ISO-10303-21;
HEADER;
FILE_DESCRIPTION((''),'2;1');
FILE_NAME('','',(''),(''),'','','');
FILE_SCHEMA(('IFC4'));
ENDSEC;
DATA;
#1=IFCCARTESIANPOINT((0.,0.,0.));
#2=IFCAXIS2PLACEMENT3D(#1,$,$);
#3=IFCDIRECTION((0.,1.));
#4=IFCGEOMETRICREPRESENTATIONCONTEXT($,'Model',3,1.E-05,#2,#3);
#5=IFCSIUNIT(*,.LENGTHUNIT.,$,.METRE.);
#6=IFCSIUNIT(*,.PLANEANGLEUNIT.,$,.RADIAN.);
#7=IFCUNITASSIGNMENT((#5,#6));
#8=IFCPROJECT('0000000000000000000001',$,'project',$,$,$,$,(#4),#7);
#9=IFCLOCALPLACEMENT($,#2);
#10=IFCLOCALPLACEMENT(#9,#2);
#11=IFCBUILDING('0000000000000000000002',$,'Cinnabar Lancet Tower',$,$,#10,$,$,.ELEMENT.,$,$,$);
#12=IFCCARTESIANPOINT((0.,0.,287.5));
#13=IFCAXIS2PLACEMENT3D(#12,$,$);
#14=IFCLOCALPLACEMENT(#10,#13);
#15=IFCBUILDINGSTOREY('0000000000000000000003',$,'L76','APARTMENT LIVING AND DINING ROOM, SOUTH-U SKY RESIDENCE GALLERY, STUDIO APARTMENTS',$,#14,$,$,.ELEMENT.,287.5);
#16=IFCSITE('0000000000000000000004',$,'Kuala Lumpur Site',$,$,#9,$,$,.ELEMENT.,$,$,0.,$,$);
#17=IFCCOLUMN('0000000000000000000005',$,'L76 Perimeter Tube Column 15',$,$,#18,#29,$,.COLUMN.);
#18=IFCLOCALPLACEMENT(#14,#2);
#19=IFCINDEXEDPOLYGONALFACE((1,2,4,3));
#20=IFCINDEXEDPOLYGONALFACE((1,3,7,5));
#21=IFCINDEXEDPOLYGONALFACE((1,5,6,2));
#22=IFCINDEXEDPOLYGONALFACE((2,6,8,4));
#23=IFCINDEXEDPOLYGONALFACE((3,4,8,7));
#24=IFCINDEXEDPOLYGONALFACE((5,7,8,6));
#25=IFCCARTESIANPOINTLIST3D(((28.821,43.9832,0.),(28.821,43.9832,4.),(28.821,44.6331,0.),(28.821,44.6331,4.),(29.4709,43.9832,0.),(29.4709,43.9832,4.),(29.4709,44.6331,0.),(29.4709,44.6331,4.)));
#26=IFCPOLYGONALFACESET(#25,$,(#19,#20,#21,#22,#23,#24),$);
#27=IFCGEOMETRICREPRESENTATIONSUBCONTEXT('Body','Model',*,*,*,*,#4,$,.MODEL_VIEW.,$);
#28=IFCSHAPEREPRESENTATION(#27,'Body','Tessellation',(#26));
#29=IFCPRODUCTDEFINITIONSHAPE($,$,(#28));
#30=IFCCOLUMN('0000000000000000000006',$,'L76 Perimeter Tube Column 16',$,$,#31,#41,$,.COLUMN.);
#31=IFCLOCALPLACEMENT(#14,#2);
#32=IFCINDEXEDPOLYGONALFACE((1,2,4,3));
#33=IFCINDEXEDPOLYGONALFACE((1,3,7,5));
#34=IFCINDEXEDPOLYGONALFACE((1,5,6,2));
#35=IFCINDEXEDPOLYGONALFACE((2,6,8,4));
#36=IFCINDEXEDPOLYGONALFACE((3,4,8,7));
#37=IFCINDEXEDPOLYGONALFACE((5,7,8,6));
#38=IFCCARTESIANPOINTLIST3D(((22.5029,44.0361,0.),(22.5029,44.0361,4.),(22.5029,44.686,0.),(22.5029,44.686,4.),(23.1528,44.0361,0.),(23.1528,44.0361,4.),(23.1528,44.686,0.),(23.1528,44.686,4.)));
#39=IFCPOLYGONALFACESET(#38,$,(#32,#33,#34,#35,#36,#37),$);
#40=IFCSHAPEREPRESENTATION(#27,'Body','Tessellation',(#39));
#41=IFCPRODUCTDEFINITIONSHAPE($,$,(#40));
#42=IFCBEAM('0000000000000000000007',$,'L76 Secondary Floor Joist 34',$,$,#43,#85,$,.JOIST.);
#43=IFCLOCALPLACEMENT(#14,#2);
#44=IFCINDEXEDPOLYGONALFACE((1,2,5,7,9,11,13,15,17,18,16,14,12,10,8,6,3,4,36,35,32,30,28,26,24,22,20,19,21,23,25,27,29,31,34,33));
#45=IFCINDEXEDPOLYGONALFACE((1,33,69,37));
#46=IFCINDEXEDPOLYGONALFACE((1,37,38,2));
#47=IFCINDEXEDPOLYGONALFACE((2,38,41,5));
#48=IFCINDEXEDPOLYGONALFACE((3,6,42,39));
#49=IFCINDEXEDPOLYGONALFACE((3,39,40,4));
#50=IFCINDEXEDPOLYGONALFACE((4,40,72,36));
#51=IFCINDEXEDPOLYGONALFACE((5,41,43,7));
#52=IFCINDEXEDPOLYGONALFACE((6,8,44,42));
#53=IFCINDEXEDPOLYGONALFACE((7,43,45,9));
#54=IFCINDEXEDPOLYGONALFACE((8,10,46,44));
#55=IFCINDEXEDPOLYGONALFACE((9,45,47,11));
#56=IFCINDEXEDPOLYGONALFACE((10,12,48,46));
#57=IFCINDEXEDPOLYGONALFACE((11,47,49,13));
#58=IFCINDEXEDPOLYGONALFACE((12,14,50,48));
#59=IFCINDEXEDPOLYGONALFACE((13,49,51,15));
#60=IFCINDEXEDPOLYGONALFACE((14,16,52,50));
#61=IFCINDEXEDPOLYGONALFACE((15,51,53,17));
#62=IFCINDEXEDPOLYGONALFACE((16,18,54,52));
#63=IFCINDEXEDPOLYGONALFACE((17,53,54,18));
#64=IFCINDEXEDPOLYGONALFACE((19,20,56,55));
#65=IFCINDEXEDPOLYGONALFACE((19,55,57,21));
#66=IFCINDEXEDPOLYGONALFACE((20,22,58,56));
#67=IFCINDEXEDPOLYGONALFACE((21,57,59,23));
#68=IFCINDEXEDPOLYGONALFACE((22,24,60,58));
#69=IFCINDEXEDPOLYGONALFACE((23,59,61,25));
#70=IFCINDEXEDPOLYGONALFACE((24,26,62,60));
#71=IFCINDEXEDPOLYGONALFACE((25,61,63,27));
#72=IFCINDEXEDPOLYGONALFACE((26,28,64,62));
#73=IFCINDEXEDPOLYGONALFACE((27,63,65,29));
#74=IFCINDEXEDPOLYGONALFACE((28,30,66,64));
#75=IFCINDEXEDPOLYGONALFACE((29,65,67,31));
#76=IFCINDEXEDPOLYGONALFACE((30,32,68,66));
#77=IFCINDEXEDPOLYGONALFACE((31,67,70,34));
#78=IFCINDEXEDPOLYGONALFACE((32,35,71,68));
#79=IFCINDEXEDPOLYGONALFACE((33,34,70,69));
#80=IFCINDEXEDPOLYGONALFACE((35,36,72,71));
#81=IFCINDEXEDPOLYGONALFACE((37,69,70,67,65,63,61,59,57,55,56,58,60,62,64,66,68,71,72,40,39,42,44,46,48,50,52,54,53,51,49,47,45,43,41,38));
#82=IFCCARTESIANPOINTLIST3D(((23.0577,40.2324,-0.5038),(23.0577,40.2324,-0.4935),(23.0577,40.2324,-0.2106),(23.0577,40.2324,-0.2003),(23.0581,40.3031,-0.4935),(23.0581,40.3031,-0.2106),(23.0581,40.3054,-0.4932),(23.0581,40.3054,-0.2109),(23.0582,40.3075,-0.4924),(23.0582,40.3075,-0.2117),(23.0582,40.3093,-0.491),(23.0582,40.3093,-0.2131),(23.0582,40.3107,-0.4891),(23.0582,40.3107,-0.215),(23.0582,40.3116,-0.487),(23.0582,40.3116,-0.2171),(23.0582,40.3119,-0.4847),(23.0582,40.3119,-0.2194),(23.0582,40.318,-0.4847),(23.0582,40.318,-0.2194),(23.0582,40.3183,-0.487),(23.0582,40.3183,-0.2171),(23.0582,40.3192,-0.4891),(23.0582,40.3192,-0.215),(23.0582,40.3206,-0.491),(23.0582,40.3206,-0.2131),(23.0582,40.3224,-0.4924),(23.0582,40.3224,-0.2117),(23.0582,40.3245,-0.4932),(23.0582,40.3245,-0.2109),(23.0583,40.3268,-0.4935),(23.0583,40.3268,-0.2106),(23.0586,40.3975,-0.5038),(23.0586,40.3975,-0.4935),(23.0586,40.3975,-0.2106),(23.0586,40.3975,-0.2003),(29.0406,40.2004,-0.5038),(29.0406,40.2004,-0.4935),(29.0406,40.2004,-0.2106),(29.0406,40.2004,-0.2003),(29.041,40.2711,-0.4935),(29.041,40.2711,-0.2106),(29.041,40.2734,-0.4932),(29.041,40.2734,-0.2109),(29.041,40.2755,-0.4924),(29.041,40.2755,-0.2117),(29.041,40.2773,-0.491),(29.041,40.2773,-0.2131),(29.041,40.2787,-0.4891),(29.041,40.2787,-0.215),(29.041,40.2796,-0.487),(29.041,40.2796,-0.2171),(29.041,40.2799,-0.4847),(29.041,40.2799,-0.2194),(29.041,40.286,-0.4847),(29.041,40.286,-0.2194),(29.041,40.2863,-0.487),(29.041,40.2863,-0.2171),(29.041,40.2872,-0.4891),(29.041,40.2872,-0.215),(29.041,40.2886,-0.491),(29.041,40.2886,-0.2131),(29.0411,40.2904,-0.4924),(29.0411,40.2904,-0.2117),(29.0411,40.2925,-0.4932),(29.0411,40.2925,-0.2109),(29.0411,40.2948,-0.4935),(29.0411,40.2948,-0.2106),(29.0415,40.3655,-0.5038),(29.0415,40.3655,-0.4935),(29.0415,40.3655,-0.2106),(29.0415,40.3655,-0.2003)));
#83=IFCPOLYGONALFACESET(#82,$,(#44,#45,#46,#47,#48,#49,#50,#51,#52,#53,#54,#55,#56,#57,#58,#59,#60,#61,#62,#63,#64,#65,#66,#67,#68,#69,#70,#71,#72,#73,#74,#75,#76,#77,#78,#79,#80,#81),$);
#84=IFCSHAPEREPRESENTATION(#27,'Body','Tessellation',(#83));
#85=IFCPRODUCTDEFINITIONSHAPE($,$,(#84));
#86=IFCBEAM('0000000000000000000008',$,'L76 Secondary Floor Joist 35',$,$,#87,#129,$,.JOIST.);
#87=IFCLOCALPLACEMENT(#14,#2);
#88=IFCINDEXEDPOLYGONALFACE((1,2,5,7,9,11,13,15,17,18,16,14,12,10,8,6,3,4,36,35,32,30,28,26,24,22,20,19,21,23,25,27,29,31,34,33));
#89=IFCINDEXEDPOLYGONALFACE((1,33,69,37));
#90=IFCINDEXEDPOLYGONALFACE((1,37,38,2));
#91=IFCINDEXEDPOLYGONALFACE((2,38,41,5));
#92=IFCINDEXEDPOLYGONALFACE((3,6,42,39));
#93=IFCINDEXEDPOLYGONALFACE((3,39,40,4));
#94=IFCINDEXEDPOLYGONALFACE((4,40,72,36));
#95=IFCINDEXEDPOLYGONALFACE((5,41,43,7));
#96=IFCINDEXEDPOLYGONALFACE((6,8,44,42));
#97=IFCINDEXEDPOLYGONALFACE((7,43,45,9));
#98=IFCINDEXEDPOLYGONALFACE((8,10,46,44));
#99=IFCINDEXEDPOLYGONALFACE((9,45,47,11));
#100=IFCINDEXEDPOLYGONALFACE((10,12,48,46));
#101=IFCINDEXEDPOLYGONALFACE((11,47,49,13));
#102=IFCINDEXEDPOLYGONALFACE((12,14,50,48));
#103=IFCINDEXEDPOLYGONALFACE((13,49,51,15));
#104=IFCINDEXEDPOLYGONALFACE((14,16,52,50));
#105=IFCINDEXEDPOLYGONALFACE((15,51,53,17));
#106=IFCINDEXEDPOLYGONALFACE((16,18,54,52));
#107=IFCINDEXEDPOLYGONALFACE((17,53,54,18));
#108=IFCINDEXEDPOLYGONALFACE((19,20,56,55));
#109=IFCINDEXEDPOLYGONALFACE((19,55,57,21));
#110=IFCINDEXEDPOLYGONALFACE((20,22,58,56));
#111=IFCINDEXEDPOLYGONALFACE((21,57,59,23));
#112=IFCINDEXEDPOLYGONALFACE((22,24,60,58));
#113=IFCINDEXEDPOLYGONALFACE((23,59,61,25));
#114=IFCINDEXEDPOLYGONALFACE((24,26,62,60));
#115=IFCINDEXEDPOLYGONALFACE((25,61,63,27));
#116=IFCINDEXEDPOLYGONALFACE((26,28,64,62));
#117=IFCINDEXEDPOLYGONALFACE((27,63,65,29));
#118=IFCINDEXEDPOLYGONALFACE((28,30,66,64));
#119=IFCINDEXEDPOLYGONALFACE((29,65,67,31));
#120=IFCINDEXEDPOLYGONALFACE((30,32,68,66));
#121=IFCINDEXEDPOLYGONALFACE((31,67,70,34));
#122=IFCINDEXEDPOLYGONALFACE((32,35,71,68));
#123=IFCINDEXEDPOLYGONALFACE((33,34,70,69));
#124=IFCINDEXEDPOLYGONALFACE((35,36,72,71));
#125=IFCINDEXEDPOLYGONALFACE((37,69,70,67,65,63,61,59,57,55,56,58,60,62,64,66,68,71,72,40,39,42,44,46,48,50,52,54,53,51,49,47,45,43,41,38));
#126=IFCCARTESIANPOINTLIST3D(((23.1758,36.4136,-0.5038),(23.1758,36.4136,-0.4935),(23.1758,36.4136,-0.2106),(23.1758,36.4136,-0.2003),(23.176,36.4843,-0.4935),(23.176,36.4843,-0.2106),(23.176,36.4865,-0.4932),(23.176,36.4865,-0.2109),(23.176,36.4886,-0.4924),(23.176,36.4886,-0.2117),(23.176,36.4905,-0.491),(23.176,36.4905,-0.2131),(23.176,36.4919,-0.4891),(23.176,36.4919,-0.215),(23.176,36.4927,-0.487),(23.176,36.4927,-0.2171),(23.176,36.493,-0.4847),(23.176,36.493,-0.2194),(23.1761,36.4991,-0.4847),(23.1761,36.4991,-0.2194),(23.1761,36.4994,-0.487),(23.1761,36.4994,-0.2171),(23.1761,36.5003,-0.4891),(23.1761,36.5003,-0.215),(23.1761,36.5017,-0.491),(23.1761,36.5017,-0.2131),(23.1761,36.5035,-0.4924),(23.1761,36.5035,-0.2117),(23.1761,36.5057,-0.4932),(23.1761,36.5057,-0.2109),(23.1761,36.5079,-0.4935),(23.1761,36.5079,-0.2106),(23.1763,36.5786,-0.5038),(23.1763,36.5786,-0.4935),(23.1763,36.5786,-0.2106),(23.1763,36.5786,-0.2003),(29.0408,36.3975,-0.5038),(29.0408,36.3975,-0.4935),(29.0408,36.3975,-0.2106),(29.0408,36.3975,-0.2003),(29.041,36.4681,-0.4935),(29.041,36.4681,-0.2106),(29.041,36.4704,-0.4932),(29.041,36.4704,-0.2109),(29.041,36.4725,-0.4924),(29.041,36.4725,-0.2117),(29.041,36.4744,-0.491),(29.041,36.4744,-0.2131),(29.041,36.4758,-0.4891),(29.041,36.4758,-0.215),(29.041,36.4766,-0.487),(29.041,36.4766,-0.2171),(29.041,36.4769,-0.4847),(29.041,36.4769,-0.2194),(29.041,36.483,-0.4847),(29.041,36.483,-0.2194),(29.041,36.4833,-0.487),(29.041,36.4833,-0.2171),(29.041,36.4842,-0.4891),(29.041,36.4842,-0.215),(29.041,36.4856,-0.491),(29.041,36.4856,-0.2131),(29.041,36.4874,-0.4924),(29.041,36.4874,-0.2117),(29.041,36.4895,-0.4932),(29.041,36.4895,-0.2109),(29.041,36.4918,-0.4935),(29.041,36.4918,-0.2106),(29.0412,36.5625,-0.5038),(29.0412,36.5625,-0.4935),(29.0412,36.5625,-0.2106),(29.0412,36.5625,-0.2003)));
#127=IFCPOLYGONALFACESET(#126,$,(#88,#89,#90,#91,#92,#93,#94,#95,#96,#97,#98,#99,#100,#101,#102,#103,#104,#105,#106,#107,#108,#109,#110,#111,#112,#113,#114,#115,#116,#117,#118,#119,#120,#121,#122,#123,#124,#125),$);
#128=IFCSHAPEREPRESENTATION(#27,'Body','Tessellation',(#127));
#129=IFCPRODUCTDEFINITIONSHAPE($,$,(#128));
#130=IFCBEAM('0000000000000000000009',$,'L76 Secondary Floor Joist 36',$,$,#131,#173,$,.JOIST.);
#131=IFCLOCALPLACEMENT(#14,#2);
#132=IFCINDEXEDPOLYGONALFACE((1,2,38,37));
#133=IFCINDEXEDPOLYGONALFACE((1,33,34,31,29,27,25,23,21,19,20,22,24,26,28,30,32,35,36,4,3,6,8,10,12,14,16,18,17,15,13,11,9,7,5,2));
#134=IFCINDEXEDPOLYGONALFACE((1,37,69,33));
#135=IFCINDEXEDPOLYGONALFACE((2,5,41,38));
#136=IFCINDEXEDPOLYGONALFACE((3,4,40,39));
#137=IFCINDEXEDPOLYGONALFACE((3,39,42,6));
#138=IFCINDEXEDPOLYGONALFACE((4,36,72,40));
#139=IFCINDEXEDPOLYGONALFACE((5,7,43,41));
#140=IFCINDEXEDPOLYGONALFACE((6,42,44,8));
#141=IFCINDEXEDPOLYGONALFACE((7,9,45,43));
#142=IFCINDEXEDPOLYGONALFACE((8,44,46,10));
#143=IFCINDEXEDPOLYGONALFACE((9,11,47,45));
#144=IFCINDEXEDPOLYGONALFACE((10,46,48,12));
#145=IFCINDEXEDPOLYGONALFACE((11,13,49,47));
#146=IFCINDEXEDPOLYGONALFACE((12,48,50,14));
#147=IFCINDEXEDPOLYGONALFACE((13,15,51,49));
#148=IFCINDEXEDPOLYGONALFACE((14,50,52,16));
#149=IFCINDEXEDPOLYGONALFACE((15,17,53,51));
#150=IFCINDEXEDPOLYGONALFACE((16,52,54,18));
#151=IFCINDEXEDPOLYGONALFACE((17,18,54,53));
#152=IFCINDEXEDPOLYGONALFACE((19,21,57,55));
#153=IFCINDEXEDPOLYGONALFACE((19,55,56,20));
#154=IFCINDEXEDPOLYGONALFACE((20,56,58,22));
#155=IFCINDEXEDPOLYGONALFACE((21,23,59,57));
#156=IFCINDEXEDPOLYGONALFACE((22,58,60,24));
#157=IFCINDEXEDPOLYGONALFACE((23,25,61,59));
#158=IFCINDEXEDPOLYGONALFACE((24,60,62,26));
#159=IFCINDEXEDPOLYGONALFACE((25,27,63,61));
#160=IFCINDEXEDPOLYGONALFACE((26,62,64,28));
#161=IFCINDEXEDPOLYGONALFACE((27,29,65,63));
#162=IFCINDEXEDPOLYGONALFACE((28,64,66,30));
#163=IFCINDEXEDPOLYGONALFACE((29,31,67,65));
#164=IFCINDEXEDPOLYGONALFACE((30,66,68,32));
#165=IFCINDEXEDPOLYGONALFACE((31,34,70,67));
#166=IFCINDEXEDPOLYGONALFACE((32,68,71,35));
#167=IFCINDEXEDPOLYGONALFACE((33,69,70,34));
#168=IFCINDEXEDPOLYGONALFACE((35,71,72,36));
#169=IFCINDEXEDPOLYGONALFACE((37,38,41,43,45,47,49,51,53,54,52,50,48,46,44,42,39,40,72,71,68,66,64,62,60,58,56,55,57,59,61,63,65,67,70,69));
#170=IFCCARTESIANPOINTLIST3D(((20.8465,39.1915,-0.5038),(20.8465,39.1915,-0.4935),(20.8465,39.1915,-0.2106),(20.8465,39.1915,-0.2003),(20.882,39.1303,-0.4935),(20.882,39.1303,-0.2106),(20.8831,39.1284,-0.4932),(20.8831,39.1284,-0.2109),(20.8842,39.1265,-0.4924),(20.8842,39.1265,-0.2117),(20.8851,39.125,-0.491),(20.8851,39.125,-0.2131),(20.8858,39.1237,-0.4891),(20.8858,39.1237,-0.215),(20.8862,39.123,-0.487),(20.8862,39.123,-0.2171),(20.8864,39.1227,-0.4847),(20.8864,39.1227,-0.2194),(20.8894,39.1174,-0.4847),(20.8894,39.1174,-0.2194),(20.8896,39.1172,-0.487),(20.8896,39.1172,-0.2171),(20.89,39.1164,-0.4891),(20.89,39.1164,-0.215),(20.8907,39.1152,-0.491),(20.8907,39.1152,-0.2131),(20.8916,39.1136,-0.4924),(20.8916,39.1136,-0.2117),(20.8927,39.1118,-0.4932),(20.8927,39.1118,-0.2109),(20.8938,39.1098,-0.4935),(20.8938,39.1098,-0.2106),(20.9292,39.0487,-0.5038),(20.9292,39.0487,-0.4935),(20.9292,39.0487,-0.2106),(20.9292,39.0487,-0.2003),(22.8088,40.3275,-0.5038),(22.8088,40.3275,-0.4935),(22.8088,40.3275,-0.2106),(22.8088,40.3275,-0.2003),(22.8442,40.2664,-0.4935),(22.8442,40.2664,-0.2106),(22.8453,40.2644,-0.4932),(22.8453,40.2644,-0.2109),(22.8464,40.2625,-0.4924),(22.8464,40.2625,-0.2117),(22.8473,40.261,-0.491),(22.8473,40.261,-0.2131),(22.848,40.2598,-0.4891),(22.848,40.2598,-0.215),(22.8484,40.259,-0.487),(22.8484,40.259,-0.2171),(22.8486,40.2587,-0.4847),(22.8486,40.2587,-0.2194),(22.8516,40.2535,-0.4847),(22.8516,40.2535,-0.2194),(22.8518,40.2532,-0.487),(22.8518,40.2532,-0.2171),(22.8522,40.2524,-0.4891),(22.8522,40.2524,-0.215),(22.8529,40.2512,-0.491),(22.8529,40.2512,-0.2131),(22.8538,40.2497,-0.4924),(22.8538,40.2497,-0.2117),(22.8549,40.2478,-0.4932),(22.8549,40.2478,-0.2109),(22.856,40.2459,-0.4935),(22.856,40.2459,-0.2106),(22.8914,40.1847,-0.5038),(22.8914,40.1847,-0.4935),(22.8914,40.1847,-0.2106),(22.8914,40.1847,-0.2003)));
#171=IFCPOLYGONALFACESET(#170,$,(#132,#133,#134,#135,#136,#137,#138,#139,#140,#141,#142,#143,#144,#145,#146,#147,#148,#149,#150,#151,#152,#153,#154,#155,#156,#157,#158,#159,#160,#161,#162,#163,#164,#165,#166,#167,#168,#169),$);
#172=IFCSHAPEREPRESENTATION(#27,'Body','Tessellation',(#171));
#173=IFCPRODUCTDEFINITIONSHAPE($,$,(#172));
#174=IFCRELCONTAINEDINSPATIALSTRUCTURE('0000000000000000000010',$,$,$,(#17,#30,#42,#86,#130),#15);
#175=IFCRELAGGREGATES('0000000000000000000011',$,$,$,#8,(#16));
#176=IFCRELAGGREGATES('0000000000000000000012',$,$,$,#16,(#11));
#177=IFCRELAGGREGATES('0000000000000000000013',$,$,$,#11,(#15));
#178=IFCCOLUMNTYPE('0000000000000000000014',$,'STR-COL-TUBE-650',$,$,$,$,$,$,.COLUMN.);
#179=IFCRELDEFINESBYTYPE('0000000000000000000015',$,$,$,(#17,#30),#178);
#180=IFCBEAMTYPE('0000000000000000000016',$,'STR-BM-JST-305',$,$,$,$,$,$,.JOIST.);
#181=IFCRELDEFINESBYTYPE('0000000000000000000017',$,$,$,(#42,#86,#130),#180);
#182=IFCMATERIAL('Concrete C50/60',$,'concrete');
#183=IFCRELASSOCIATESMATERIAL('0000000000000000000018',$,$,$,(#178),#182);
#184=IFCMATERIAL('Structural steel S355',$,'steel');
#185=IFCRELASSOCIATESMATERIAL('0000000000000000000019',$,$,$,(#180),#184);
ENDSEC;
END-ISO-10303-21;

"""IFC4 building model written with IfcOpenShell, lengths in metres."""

from ifc_helpers import new_model, si_unit, direction, frame, origin, origin_2d, place, context, subcontext, project, spatial, rectangle, i_section, extrude, material, material_profile, profile_set, type_object, element, save


model = new_model("IFC4")

# Units and contexts
model_context = context("Model", 3, precision=1e-05, world=origin(), true_north=direction((0.0, 1.0)))
body_context = subcontext(model_context, "Body", "Model", "MODEL_VIEW")
ifc_project = project(units=[si_unit("LENGTHUNIT", "METRE"), si_unit("PLANEANGLEUNIT", "RADIAN")], contexts=[model_context])

# Site, building, storey
site_placement = place(None, origin())
site = spatial("IfcSite", under=ifc_project, at=site_placement, Name="Kuala Lumpur Site", CompositionType="ELEMENT", RefElevation=0.0)
building_placement = place(site_placement, origin())
building = spatial("IfcBuilding", under=site, at=building_placement, Name="Cinnabar Lancet Tower", CompositionType="ELEMENT")
storey_placement = place(building_placement, frame((0.0, 0.0, 287.5)))
storey = spatial("IfcBuildingStorey", under=building, at=storey_placement, Name="L76", Description="APARTMENT LIVING AND DINING ROOM, SOUTH-U SKY RESIDENCE GALLERY, STUDIO APARTMENTS", CompositionType="ELEMENT", Elevation=287.5)

# Columns
ifc_material_1 = material(Name="Concrete C50/60", Category="concrete")
ifc_material_profile_1 = material_profile(ifc_material_1, rectangle(XDim=0.6499, YDim=0.6499, at=origin_2d()), Name="RC-COL 650x650")
ifc_profile_set_1 = profile_set([ifc_material_profile_1], Name="Concrete C50/60")
column_type = type_object("IfcColumnType", Name="STR-COL-TUBE-650", PredefinedType="COLUMN", material=ifc_profile_set_1)
for number, where, z_axis, x_axis, name in (
    (1, (29.146, 44.3081, 0.0), (0.0, 0.0, 1.0), (1.0, 0.0, 0.0), "L76 Perimeter Tube Column 15"),
    (2, (22.8279, 44.3611, 0.0), (0.0, 0.0, 1.0), (1.0, 0.0, 0.0), "L76 Perimeter Tube Column 16"),
):
    element("IfcColumn", number, at=place(storey_placement, frame(where, z_axis=z_axis, x_axis=x_axis)), inside=storey, type_object=column_type, Name=name, PredefinedType="COLUMN", context=body_context, shape_type="SweptSolid", body=[
        extrude(rectangle(XDim=0.6499, YDim=0.6499, at=origin_2d()), origin(), (0.0, 0.0, 1.0), 4.0),
    ])

# Beams
ifc_material_2 = material(Name="Structural steel S355", Category="steel")
ifc_material_profile_2 = material_profile(ifc_material_2, i_section(OverallWidth=0.165, OverallDepth=0.3035, WebThickness=0.0061, FlangeThickness=0.0103, FilletRadius=0.0088, at=origin_2d()), Name="UKB 305x165x40")
ifc_profile_set_2 = profile_set([ifc_material_profile_2], Name="Structural steel S355")
beam_type_1 = type_object("IfcBeamType", Name="STR-BM-JST-305", PredefinedType="JOIST", material=ifc_profile_set_2)
beam_1_placement = place(storey_placement, frame((29.041, 40.283, -0.3521), z_axis=(-0.999986, 0.005346, 0.0), x_axis=(-0.005346, -0.999986, 0.0)))
element("IfcBeam", 3, at=beam_1_placement, inside=storey, type_object=beam_type_1, Name="L76 Secondary Floor Joist 34", PredefinedType="JOIST", context=body_context, shape_type="SweptSolid", body=[
    extrude(i_section(OverallWidth=0.165, OverallDepth=0.3035, WebThickness=0.0061, FlangeThickness=0.0103, FilletRadius=0.0088, at=origin_2d()), origin(), (0.0, 0.0, 1.0), 5.9829),
])
beam_2_placement = place(storey_placement, frame((29.041, 36.48, -0.3521), z_axis=(-0.999996, 0.002747, 0.0), x_axis=(-0.002747, -0.999996, 0.0)))
element("IfcBeam", 4, at=beam_2_placement, inside=storey, type_object=beam_type_1, Name="L76 Secondary Floor Joist 35", PredefinedType="JOIST", context=body_context, shape_type="SweptSolid", body=[
    extrude(i_section(OverallWidth=0.165, OverallDepth=0.3035, WebThickness=0.0061, FlangeThickness=0.0103, FilletRadius=0.0088, at=origin_2d()), origin(), (0.0, 0.0, 1.0), 5.865),
])
beam_3_placement = place(storey_placement, frame((22.8501, 40.2561, -0.3521), z_axis=(-0.865426, -0.501036, 0.0), x_axis=(0.501036, -0.865426, 0.0)))
element("IfcBeam", 5, at=beam_3_placement, inside=storey, type_object=beam_type_1, Name="L76 Secondary Floor Joist 36", PredefinedType="JOIST", context=body_context, shape_type="SweptSolid", body=[
    extrude(i_section(OverallWidth=0.165, OverallDepth=0.3035, WebThickness=0.0061, FlangeThickness=0.0103, FilletRadius=0.0088, at=origin_2d()), origin(), (0.0, 0.0, 1.0), 2.2673),
])

save(model, "model.ifc")
